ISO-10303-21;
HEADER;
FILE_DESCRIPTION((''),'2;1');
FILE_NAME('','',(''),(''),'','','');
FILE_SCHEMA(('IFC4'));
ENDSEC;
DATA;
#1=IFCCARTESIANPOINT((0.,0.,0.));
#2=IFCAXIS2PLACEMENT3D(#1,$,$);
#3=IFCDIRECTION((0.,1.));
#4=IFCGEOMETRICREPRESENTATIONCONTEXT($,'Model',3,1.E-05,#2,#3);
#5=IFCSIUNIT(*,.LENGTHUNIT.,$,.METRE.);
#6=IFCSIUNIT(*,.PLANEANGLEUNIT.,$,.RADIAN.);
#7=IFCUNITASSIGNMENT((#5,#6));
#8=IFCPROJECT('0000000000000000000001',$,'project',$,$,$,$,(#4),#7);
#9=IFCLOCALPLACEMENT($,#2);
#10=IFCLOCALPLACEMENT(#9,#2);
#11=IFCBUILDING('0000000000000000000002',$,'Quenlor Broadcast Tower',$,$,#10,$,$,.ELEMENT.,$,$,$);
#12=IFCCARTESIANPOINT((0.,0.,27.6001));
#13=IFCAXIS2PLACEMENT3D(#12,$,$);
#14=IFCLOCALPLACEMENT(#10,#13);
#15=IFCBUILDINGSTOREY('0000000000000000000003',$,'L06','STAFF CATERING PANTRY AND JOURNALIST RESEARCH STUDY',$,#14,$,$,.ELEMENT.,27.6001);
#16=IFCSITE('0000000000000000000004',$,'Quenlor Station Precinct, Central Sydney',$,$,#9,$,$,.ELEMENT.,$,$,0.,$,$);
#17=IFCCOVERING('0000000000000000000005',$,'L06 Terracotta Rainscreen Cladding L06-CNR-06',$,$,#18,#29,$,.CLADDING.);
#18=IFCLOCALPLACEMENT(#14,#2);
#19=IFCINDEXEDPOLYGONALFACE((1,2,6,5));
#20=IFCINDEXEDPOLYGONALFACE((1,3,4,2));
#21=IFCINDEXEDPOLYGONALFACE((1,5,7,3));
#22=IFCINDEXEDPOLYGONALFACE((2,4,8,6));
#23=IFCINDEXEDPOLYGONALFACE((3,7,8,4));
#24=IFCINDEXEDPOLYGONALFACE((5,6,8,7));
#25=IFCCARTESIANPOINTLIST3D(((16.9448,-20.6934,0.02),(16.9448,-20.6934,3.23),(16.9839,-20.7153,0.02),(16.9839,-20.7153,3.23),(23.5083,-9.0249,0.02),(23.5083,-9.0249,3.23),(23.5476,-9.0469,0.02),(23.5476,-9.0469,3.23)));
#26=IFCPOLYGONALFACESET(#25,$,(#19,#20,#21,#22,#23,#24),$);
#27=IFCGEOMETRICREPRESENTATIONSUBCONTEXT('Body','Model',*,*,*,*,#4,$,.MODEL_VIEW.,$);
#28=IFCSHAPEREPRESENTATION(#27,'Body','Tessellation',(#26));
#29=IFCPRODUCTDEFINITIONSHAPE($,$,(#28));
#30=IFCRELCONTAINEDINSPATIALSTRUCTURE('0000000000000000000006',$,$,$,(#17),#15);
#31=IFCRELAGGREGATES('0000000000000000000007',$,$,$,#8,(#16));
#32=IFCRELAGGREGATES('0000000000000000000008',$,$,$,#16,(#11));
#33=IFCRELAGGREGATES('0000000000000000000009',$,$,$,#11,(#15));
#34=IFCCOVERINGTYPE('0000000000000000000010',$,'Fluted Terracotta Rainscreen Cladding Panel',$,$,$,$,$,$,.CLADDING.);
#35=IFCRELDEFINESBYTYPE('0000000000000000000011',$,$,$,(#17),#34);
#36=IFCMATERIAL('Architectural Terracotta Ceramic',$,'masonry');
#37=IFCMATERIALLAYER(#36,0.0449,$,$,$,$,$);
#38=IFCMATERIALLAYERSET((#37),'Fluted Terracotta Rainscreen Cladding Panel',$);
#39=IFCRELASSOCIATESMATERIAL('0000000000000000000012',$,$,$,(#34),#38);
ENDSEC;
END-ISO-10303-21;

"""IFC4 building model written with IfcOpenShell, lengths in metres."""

from ifc_helpers import new_model, si_unit, direction, frame, origin, place, context, subcontext, project, spatial, polyline, outline, extrude, material, layer, layer_set, type_object, element, save


model = new_model("IFC4")

# Units and contexts
model_context = context("Model", 3, precision=1e-05, world=origin(), true_north=direction((0.0, 1.0)))
body_context = subcontext(model_context, "Body", "Model", "MODEL_VIEW")
ifc_project = project(units=[si_unit("LENGTHUNIT", "METRE"), si_unit("PLANEANGLEUNIT", "RADIAN")], contexts=[model_context])

# Site, building, storey
site_placement = place(None, origin())
site = spatial("IfcSite", under=ifc_project, at=site_placement, Name="Quenlor Station Precinct, Central Sydney", CompositionType="ELEMENT", RefElevation=0.0)
building_placement = place(site_placement, origin())
building = spatial("IfcBuilding", under=site, at=building_placement, Name="Quenlor Broadcast Tower", CompositionType="ELEMENT")
storey_placement = place(building_placement, frame((0.0, 0.0, 27.6001)))
storey = spatial("IfcBuildingStorey", under=building, at=storey_placement, Name="L06", Description="STAFF CATERING PANTRY AND JOURNALIST RESEARCH STUDY", CompositionType="ELEMENT", Elevation=27.6001)

# Covering
ifc_material_1 = material(Name="Architectural Terracotta Ceramic", Category="masonry")
ifc_layer_1 = layer(ifc_material_1, 0.0449)
ifc_layer_set_1 = layer_set([ifc_layer_1], Name="Fluted Terracotta Rainscreen Cladding Panel")
covering_type_1 = type_object("IfcCoveringType", Name="Fluted Terracotta Rainscreen Cladding Panel", PredefinedType="CLADDING", material=ifc_layer_set_1)
covering_1_placement = place(storey_placement, frame((0.0, 0.0, 0.02)))
element("IfcCovering", 1, at=covering_1_placement, inside=storey, type_object=covering_type_1, Name="L06 Terracotta Rainscreen Cladding L06-CNR-06", PredefinedType="CLADDING", context=body_context, shape_type="SweptSolid", body=[
    extrude(outline(polyline([(16.9839, -20.7153), (23.5476, -9.0469), (23.5083, -9.0249), (16.9448, -20.6934), (16.9839, -20.7153)])), origin(), (0.0, 0.0, 1.0), 3.21),
])

save(model, "model.ifc")
